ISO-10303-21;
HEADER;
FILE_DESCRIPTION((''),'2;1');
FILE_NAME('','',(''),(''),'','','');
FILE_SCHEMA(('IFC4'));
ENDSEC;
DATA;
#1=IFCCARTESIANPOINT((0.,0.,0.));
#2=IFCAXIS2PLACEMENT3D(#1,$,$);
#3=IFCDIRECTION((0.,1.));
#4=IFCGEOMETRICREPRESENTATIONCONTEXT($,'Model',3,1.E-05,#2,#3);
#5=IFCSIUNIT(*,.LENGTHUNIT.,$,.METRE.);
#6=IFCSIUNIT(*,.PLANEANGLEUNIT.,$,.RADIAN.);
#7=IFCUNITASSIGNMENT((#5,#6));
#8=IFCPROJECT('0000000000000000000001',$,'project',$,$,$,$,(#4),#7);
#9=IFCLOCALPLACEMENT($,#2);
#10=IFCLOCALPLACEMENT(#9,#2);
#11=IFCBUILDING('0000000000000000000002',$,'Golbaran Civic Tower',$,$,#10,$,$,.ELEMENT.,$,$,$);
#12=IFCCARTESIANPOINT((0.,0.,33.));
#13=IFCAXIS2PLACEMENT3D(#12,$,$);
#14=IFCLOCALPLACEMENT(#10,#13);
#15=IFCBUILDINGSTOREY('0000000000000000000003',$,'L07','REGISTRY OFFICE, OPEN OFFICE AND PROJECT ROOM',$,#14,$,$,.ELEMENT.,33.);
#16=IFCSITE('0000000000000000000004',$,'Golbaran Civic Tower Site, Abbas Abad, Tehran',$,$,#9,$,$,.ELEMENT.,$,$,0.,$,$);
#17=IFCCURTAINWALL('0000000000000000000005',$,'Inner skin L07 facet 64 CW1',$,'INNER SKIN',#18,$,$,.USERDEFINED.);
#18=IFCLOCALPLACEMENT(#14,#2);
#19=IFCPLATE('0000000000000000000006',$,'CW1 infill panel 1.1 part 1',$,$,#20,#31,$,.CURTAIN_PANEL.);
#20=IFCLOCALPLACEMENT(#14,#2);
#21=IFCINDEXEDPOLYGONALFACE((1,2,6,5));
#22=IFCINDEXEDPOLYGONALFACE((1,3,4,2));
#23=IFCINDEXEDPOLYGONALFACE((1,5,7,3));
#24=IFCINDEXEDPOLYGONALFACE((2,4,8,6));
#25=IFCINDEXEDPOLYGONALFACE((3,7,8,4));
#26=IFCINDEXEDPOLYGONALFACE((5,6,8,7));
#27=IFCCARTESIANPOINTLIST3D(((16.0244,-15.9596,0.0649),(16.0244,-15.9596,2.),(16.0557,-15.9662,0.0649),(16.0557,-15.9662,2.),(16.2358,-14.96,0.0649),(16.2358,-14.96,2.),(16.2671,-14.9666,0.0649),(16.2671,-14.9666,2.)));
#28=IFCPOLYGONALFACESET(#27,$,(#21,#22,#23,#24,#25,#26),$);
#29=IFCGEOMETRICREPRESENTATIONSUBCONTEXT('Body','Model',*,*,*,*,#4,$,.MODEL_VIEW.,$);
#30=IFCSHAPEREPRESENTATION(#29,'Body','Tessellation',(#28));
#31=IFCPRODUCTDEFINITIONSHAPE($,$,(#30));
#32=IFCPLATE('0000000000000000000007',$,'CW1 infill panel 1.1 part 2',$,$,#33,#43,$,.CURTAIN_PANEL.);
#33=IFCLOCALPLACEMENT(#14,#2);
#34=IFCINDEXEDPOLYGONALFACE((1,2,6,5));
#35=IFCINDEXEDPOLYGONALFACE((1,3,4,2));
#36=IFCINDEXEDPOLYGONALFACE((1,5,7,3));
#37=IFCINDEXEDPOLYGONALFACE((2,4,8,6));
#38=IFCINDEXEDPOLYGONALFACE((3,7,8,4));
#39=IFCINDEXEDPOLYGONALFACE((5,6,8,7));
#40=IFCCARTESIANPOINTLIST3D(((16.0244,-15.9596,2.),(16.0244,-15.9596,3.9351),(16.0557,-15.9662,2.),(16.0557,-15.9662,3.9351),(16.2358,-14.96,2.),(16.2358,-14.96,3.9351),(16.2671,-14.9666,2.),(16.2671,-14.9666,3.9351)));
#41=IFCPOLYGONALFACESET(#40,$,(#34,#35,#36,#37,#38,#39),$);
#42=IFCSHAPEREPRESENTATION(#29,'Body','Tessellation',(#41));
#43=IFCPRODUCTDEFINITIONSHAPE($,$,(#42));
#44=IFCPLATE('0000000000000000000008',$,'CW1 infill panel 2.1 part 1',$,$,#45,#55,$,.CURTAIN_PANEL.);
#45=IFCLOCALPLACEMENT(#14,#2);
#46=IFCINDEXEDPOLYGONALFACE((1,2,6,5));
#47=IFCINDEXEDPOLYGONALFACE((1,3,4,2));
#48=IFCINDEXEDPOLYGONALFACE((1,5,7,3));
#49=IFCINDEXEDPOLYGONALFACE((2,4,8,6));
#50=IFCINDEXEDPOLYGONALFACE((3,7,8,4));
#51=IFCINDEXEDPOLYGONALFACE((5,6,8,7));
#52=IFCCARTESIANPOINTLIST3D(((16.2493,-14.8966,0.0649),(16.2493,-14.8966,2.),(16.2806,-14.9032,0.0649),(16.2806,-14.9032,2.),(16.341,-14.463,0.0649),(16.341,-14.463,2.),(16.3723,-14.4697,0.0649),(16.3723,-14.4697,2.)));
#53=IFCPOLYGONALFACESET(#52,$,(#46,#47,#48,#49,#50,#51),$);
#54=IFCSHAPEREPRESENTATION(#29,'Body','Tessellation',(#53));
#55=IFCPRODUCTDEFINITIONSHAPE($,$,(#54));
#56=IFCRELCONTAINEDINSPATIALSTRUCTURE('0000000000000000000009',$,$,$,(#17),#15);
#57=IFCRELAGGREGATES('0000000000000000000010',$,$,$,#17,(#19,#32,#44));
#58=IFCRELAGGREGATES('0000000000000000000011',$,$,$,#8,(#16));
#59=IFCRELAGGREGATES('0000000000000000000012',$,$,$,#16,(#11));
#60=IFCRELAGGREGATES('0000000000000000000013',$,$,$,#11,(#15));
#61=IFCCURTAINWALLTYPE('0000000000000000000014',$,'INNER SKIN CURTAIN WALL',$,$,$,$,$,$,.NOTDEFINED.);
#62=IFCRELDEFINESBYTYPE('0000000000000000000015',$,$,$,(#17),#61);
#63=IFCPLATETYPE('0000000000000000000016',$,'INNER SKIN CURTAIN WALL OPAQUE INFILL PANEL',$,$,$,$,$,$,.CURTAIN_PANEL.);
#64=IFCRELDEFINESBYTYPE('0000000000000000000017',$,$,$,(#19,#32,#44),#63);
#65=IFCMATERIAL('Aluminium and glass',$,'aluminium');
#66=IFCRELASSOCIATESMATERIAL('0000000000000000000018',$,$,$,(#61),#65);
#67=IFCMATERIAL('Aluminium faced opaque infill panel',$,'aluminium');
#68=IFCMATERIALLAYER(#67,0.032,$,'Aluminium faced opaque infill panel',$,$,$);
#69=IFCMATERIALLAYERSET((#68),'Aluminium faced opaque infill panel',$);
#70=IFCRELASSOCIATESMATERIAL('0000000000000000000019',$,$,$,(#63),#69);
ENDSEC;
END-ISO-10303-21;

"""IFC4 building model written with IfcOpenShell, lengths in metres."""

from ifc_helpers import new_model, si_unit, direction, frame, origin, origin_2d, place, context, subcontext, project, spatial, rectangle, extrude, material, layer, layer_set, type_object, element, aggregate, save


model = new_model("IFC4")

# Units and contexts
model_context = context("Model", 3, precision=1e-05, world=origin(), true_north=direction((0.0, 1.0)))
body_context = subcontext(model_context, "Body", "Model", "MODEL_VIEW")
ifc_project = project(units=[si_unit("LENGTHUNIT", "METRE"), si_unit("PLANEANGLEUNIT", "RADIAN")], contexts=[model_context])

# Site, building, storey
site_placement = place(None, origin())
site = spatial("IfcSite", under=ifc_project, at=site_placement, Name="Golbaran Civic Tower Site, Abbas Abad, Tehran", CompositionType="ELEMENT", RefElevation=0.0)
building_placement = place(site_placement, origin())
building = spatial("IfcBuilding", under=site, at=building_placement, Name="Golbaran Civic Tower", CompositionType="ELEMENT")
storey_placement = place(building_placement, frame((0.0, 0.0, 33.0)))
storey = spatial("IfcBuildingStorey", under=building, at=storey_placement, Name="L07", Description="REGISTRY OFFICE, OPEN OFFICE AND PROJECT ROOM", CompositionType="ELEMENT", Elevation=33.0)

# Curtain wall
ifc_material_1 = material(Name="Aluminium and glass", Category="aluminium")
curtain_wall_type = type_object("IfcCurtainWallType", Name="INNER SKIN CURTAIN WALL", PredefinedType="NOTDEFINED", material=ifc_material_1)
curtain_wall_1_placement = place(storey_placement, origin())
curtain_wall_1 = element("IfcCurtainWall", 1, at=curtain_wall_1_placement, inside=storey, type_object=curtain_wall_type, Name="Inner skin L07 facet 64 CW1", ObjectType="INNER SKIN", PredefinedType="USERDEFINED")

# Plates
ifc_material_2 = material(Name="Aluminium faced opaque infill panel", Category="aluminium")
ifc_layer_1 = layer(ifc_material_2, 0.032, Name="Aluminium faced opaque infill panel")
ifc_layer_set_1 = layer_set([ifc_layer_1], Name="Aluminium faced opaque infill panel")
plate_type_1 = type_object("IfcPlateType", Name="INNER SKIN CURTAIN WALL OPAQUE INFILL PANEL", PredefinedType="CURTAIN_PANEL", material=ifc_layer_set_1)
plate_1_placement = place(storey_placement, frame((16.1458, -15.4631, 0.0649), z_axis=(0.0, 0.0, 1.0), x_axis=(0.206977, 0.978346, 0.0)))
plate_1 = element("IfcPlate", 2, at=plate_1_placement, type_object=plate_type_1, Name="CW1 infill panel 1.1 part 1", PredefinedType="CURTAIN_PANEL", context=body_context, shape_type="SweptSolid", body=[
    extrude(rectangle(XDim=1.0217, YDim=0.032, at=origin_2d()), origin(), (0.0, 0.0, 1.0), 1.9351),
])
plate_2_placement = place(storey_placement, frame((16.1458, -15.4631, 2.0), z_axis=(0.0, 0.0, 1.0), x_axis=(0.206977, 0.978346, 0.0)))
plate_2 = element("IfcPlate", 3, at=plate_2_placement, type_object=plate_type_1, Name="CW1 infill panel 1.1 part 2", PredefinedType="CURTAIN_PANEL", context=body_context, shape_type="SweptSolid", body=[
    extrude(rectangle(XDim=1.0217, YDim=0.032, at=origin_2d()), origin(), (0.0, 0.0, 1.0), 1.9351),
])
plate_3_placement = place(storey_placement, frame((16.3108, -14.6831, 0.0649), z_axis=(0.0, 0.0, 1.0), x_axis=(0.206977, 0.978346, 0.0)))
plate_3 = element("IfcPlate", 4, at=plate_3_placement, type_object=plate_type_1, Name="CW1 infill panel 2.1 part 1", PredefinedType="CURTAIN_PANEL", context=body_context, shape_type="SweptSolid", body=[
    extrude(rectangle(XDim=0.4431, YDim=0.032, at=origin_2d()), origin(), (0.0, 0.0, 1.0), 1.9351),
])
aggregate(curtain_wall_1, [plate_1, plate_2, plate_3])

save(model, "model.ifc")
